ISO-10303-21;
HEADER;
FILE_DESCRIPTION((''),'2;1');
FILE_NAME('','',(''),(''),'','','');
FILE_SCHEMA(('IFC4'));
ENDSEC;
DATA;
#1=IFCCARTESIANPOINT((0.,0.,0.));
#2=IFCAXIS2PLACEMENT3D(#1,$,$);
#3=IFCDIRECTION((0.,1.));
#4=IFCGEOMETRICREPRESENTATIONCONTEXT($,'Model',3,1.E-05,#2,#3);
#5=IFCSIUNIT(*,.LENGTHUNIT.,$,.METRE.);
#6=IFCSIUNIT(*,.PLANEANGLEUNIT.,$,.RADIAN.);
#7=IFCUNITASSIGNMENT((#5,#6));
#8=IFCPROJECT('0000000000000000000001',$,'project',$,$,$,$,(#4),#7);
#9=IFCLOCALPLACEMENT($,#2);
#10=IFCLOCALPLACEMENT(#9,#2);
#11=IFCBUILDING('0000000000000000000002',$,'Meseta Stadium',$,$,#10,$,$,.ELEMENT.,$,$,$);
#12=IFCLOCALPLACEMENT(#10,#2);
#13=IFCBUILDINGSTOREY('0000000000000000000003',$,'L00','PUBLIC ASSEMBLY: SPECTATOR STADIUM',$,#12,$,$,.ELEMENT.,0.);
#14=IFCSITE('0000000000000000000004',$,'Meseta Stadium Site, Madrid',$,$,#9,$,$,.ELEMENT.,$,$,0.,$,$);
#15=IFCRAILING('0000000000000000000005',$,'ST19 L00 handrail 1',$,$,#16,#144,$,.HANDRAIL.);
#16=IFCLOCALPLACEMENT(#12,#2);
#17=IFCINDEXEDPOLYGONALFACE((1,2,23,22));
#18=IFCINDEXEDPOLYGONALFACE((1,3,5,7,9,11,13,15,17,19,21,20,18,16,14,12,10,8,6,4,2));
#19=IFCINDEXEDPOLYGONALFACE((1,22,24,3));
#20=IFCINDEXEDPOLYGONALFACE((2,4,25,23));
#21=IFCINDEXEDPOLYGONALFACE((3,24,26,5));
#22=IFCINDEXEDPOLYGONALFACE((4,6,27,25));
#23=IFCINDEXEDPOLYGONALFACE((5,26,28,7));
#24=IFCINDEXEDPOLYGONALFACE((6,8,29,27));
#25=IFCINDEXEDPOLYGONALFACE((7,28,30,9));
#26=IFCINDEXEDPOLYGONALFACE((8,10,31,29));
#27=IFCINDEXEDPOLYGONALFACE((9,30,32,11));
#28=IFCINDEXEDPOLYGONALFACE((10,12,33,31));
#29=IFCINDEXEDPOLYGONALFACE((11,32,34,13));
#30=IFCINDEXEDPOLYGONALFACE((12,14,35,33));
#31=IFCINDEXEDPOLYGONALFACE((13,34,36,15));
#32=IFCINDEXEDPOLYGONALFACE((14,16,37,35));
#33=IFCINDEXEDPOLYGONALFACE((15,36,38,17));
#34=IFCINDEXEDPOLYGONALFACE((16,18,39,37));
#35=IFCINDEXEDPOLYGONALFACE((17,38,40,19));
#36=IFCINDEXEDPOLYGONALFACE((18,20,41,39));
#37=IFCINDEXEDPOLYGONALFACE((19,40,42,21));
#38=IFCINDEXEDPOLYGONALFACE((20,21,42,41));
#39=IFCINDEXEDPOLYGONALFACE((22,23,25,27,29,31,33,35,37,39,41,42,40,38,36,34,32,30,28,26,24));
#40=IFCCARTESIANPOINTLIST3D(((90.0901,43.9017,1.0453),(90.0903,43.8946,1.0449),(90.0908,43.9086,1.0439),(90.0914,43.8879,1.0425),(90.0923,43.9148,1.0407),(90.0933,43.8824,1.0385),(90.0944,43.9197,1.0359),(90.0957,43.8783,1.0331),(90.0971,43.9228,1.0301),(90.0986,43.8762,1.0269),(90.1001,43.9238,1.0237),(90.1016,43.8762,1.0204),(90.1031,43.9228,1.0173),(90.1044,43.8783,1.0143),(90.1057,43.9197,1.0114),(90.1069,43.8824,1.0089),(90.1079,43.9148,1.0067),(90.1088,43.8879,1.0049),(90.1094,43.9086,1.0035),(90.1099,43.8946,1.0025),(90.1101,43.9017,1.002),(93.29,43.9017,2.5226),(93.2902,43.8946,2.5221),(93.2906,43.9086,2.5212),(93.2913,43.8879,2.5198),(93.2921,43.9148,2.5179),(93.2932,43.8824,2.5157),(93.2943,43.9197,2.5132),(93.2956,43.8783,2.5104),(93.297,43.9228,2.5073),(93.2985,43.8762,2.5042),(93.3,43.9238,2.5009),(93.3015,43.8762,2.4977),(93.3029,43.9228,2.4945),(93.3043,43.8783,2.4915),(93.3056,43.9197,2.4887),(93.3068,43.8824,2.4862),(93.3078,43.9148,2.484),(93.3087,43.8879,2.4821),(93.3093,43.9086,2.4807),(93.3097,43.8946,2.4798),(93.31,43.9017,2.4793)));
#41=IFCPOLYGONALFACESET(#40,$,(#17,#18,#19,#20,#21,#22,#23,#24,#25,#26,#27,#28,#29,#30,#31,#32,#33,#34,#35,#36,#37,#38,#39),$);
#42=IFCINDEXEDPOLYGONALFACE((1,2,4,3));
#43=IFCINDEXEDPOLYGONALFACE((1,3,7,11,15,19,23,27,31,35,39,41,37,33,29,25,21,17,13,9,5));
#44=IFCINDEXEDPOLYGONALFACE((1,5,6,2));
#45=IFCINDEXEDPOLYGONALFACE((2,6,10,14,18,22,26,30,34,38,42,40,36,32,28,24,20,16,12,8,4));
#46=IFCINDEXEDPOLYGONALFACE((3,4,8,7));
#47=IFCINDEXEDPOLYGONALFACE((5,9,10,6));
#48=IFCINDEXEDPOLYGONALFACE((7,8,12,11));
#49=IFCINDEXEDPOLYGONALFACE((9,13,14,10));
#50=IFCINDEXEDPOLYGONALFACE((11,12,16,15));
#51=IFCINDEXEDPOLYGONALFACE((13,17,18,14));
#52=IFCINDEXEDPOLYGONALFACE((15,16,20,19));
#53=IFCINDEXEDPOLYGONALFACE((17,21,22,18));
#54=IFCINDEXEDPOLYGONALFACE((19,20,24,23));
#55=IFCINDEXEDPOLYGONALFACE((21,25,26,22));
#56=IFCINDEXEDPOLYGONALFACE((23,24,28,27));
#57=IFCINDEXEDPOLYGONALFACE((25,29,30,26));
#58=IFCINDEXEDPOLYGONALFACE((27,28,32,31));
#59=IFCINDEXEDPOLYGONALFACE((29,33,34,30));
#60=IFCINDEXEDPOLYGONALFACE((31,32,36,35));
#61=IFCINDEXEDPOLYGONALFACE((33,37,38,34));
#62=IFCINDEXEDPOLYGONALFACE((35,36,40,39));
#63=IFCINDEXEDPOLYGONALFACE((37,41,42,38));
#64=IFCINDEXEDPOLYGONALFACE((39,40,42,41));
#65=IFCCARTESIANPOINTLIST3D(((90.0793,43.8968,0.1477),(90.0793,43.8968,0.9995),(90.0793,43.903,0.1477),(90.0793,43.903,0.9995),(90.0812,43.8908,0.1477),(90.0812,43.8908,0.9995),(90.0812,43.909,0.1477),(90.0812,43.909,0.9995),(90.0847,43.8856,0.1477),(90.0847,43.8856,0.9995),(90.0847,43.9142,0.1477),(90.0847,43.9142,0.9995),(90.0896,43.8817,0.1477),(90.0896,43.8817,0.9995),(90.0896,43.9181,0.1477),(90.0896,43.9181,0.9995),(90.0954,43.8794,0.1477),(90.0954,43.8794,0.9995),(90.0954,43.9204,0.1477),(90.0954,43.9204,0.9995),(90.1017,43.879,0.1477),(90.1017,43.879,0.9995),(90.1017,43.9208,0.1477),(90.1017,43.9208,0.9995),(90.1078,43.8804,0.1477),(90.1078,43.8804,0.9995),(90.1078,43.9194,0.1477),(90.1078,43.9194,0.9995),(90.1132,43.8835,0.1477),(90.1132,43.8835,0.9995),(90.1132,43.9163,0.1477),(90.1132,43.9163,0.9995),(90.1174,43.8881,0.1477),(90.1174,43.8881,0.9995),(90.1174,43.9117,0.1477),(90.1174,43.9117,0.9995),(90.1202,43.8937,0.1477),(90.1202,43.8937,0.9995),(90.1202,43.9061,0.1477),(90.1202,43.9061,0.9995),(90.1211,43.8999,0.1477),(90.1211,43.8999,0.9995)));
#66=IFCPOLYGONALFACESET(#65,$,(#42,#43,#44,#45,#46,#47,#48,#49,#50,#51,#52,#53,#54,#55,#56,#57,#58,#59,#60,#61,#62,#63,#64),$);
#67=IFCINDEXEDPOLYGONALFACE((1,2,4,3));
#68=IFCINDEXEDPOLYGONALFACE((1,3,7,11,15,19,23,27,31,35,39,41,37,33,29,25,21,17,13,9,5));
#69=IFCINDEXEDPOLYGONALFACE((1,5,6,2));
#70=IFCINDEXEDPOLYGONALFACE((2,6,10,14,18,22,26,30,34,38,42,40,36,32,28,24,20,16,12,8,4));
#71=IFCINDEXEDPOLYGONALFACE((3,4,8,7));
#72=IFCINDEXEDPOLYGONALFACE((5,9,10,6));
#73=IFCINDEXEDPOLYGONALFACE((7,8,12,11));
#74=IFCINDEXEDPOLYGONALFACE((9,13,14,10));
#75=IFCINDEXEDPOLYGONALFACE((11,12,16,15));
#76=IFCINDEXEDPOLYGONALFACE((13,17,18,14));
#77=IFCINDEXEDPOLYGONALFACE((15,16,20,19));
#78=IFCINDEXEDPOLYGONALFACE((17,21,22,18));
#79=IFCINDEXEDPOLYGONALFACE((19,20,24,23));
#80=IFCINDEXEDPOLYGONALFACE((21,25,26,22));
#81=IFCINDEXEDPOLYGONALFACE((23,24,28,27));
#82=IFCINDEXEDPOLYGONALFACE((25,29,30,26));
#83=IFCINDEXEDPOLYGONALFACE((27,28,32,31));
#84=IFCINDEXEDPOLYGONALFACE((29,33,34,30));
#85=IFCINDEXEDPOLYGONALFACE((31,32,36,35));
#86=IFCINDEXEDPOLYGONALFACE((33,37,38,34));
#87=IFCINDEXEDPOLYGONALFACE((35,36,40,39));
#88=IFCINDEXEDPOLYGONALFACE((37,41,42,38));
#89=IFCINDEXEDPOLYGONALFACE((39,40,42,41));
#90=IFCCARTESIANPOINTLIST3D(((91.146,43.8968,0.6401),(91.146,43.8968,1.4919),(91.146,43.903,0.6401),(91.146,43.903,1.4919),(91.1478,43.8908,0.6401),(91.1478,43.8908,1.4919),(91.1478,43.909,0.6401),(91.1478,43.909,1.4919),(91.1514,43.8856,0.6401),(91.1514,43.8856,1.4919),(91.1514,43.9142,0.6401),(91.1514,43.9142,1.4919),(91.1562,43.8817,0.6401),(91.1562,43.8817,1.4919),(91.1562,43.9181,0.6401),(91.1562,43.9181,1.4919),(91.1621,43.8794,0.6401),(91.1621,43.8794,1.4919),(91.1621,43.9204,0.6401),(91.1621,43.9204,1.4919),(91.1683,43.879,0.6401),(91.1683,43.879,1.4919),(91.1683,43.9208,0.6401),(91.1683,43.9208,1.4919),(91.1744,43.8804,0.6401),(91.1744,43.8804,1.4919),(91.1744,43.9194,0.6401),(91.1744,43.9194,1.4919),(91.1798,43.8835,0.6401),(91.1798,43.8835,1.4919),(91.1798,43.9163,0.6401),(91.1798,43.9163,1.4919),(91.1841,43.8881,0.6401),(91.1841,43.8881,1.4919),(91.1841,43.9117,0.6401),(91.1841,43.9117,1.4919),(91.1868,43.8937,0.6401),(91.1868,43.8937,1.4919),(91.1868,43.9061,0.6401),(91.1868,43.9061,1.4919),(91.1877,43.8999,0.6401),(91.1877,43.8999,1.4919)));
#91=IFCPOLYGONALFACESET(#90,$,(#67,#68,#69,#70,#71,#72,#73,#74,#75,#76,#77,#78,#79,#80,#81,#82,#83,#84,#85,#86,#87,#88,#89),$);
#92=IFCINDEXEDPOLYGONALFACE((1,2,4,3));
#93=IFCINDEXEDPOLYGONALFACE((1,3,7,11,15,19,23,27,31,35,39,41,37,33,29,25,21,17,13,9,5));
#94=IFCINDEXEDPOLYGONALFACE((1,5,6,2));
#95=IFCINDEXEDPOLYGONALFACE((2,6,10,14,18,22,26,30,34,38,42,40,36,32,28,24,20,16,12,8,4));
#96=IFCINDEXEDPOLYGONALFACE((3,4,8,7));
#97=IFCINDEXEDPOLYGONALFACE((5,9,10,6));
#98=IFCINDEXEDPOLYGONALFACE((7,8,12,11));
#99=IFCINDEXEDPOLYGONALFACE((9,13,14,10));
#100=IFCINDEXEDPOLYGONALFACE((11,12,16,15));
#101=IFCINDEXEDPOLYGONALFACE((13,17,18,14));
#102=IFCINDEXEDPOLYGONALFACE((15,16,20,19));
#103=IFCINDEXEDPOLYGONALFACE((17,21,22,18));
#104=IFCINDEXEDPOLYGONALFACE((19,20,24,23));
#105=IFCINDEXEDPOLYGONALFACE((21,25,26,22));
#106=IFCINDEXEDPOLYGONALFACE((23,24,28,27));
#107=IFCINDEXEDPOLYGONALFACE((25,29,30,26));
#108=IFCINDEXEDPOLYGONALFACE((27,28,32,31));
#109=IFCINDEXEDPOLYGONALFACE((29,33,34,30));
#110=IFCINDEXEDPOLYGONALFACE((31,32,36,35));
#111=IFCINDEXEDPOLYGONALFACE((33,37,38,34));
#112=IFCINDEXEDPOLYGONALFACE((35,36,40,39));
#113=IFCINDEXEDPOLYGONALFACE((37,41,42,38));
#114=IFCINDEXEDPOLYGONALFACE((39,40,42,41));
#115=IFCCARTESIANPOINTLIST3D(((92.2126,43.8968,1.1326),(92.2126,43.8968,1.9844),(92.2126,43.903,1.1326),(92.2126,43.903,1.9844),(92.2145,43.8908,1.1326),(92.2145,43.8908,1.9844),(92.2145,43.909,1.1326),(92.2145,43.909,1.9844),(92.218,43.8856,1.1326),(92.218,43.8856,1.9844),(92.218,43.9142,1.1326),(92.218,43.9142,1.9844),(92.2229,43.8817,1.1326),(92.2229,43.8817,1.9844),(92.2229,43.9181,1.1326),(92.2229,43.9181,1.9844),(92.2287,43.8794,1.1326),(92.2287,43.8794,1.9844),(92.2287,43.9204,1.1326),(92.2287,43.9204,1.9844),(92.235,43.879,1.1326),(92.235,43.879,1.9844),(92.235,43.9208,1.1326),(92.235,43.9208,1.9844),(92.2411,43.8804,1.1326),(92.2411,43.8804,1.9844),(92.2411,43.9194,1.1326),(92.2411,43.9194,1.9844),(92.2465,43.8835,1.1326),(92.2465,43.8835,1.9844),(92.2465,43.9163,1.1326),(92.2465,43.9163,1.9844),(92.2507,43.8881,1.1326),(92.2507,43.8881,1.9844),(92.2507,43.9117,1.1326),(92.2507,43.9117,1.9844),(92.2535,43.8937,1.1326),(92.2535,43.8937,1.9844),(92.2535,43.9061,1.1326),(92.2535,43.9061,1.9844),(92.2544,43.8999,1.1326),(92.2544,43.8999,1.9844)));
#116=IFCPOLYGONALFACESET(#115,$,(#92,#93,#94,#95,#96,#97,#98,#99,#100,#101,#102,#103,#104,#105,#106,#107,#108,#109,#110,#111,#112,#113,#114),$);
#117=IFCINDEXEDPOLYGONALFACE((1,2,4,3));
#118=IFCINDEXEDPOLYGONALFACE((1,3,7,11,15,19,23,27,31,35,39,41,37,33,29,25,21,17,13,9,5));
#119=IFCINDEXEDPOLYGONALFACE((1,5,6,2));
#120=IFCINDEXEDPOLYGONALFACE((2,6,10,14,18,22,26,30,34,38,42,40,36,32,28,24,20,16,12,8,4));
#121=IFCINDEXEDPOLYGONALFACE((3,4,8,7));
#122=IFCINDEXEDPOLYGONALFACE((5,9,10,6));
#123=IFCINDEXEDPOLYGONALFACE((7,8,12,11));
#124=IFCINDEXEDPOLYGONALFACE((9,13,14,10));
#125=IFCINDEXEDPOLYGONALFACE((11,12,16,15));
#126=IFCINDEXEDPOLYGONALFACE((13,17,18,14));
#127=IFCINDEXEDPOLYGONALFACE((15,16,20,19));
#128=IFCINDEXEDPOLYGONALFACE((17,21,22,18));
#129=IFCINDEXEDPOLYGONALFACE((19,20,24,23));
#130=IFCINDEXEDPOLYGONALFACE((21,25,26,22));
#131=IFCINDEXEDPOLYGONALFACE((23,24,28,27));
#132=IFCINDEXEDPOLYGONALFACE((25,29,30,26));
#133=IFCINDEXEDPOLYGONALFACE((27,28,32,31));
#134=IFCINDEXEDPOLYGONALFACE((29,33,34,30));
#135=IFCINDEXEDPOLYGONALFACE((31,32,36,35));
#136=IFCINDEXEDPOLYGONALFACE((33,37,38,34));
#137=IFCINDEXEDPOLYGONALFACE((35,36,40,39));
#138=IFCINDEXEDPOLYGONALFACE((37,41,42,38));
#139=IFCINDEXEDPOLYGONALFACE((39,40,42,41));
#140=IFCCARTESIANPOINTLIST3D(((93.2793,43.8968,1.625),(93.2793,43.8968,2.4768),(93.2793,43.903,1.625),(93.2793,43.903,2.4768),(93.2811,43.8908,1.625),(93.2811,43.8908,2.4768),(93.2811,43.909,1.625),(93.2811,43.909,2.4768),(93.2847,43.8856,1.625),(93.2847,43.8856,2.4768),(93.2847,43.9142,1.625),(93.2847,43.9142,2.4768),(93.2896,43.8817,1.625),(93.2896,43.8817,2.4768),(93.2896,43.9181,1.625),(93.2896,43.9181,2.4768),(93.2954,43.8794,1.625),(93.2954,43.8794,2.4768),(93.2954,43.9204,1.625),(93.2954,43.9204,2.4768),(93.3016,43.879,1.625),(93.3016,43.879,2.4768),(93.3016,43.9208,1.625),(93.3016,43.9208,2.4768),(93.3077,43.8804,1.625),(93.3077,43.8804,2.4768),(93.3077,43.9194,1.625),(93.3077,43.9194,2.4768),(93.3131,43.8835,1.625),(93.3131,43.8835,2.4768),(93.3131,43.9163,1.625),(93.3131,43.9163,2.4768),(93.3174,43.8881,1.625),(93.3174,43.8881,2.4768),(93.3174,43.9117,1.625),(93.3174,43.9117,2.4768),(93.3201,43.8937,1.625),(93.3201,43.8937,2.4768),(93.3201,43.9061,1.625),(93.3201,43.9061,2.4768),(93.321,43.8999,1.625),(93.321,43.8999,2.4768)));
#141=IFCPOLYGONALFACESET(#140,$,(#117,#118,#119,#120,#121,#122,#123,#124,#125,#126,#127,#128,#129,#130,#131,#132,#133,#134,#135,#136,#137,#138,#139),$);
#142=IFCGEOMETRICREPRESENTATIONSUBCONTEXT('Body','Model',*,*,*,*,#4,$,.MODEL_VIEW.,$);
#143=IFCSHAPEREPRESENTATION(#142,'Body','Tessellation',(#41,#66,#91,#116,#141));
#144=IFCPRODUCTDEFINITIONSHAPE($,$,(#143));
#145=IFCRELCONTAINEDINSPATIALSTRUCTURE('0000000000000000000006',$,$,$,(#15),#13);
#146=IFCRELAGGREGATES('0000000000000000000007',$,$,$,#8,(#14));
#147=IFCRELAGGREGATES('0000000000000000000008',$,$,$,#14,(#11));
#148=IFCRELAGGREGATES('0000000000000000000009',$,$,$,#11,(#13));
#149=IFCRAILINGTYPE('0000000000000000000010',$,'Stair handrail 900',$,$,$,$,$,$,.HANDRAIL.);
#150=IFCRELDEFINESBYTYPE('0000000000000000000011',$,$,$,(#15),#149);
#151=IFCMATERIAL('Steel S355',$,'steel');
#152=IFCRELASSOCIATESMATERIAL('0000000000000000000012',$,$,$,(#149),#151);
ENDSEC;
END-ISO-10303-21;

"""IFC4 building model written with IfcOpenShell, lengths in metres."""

from ifc_helpers import new_model, si_unit, direction, frame, origin, origin_2d, place, context, subcontext, project, spatial, circle, extrude, material, type_object, element, save


model = new_model("IFC4")

# Units and contexts
model_context = context("Model", 3, precision=1e-05, world=origin(), true_north=direction((0.0, 1.0)))
body_context = subcontext(model_context, "Body", "Model", "MODEL_VIEW")
ifc_project = project(units=[si_unit("LENGTHUNIT", "METRE"), si_unit("PLANEANGLEUNIT", "RADIAN")], contexts=[model_context])

# Site, building, storey
site_placement = place(None, origin())
site = spatial("IfcSite", under=ifc_project, at=site_placement, Name="Meseta Stadium Site, Madrid", CompositionType="ELEMENT", RefElevation=0.0)
building_placement = place(site_placement, origin())
building = spatial("IfcBuilding", under=site, at=building_placement, Name="Meseta Stadium", CompositionType="ELEMENT")
storey_placement = place(building_placement, origin())
storey = spatial("IfcBuildingStorey", under=building, at=storey_placement, Name="L00", Description="PUBLIC ASSEMBLY: SPECTATOR STADIUM", CompositionType="ELEMENT", Elevation=0.0)

# Railing
ifc_material_1 = material(Name="Steel S355", Category="steel")
railing_type_1 = type_object("IfcRailingType", Name="Stair handrail 900", PredefinedType="HANDRAIL", material=ifc_material_1)
for number, where, name in (
    (1, (90.1001, 43.8999, 0.1477), "ST19 L00 handrail 1"),
):
    element("IfcRailing", number, at=place(storey_placement, frame(where)), inside=storey, type_object=railing_type_1, Name=name, PredefinedType="HANDRAIL", context=body_context, shape_type="SweptSolid", body=[
        extrude(circle(Radius=0.0239, at=origin_2d()), frame((0.0, 0.0, 0.876), z_axis=(0.907917, 0.0, 0.41915), x_axis=(0.0, 1.0, 0.0)), (0.0, 0.0, 1.0), 3.5244),
        extrude(circle(Radius=0.021, at=origin_2d()), origin(), (0.0, 0.0, 1.0), 0.8518),
        extrude(circle(Radius=0.021, at=origin_2d()), frame((1.0667, 0.0, 0.4924)), (0.0, 0.0, 1.0), 0.8518),
        extrude(circle(Radius=0.021, at=origin_2d()), frame((2.1333, 0.0, 0.9849)), (0.0, 0.0, 1.0), 0.8518),
        extrude(circle(Radius=0.021, at=origin_2d()), frame((3.2, 0.0, 1.4773)), (0.0, 0.0, 1.0), 0.8518),
    ])

save(model, "model.ifc")
